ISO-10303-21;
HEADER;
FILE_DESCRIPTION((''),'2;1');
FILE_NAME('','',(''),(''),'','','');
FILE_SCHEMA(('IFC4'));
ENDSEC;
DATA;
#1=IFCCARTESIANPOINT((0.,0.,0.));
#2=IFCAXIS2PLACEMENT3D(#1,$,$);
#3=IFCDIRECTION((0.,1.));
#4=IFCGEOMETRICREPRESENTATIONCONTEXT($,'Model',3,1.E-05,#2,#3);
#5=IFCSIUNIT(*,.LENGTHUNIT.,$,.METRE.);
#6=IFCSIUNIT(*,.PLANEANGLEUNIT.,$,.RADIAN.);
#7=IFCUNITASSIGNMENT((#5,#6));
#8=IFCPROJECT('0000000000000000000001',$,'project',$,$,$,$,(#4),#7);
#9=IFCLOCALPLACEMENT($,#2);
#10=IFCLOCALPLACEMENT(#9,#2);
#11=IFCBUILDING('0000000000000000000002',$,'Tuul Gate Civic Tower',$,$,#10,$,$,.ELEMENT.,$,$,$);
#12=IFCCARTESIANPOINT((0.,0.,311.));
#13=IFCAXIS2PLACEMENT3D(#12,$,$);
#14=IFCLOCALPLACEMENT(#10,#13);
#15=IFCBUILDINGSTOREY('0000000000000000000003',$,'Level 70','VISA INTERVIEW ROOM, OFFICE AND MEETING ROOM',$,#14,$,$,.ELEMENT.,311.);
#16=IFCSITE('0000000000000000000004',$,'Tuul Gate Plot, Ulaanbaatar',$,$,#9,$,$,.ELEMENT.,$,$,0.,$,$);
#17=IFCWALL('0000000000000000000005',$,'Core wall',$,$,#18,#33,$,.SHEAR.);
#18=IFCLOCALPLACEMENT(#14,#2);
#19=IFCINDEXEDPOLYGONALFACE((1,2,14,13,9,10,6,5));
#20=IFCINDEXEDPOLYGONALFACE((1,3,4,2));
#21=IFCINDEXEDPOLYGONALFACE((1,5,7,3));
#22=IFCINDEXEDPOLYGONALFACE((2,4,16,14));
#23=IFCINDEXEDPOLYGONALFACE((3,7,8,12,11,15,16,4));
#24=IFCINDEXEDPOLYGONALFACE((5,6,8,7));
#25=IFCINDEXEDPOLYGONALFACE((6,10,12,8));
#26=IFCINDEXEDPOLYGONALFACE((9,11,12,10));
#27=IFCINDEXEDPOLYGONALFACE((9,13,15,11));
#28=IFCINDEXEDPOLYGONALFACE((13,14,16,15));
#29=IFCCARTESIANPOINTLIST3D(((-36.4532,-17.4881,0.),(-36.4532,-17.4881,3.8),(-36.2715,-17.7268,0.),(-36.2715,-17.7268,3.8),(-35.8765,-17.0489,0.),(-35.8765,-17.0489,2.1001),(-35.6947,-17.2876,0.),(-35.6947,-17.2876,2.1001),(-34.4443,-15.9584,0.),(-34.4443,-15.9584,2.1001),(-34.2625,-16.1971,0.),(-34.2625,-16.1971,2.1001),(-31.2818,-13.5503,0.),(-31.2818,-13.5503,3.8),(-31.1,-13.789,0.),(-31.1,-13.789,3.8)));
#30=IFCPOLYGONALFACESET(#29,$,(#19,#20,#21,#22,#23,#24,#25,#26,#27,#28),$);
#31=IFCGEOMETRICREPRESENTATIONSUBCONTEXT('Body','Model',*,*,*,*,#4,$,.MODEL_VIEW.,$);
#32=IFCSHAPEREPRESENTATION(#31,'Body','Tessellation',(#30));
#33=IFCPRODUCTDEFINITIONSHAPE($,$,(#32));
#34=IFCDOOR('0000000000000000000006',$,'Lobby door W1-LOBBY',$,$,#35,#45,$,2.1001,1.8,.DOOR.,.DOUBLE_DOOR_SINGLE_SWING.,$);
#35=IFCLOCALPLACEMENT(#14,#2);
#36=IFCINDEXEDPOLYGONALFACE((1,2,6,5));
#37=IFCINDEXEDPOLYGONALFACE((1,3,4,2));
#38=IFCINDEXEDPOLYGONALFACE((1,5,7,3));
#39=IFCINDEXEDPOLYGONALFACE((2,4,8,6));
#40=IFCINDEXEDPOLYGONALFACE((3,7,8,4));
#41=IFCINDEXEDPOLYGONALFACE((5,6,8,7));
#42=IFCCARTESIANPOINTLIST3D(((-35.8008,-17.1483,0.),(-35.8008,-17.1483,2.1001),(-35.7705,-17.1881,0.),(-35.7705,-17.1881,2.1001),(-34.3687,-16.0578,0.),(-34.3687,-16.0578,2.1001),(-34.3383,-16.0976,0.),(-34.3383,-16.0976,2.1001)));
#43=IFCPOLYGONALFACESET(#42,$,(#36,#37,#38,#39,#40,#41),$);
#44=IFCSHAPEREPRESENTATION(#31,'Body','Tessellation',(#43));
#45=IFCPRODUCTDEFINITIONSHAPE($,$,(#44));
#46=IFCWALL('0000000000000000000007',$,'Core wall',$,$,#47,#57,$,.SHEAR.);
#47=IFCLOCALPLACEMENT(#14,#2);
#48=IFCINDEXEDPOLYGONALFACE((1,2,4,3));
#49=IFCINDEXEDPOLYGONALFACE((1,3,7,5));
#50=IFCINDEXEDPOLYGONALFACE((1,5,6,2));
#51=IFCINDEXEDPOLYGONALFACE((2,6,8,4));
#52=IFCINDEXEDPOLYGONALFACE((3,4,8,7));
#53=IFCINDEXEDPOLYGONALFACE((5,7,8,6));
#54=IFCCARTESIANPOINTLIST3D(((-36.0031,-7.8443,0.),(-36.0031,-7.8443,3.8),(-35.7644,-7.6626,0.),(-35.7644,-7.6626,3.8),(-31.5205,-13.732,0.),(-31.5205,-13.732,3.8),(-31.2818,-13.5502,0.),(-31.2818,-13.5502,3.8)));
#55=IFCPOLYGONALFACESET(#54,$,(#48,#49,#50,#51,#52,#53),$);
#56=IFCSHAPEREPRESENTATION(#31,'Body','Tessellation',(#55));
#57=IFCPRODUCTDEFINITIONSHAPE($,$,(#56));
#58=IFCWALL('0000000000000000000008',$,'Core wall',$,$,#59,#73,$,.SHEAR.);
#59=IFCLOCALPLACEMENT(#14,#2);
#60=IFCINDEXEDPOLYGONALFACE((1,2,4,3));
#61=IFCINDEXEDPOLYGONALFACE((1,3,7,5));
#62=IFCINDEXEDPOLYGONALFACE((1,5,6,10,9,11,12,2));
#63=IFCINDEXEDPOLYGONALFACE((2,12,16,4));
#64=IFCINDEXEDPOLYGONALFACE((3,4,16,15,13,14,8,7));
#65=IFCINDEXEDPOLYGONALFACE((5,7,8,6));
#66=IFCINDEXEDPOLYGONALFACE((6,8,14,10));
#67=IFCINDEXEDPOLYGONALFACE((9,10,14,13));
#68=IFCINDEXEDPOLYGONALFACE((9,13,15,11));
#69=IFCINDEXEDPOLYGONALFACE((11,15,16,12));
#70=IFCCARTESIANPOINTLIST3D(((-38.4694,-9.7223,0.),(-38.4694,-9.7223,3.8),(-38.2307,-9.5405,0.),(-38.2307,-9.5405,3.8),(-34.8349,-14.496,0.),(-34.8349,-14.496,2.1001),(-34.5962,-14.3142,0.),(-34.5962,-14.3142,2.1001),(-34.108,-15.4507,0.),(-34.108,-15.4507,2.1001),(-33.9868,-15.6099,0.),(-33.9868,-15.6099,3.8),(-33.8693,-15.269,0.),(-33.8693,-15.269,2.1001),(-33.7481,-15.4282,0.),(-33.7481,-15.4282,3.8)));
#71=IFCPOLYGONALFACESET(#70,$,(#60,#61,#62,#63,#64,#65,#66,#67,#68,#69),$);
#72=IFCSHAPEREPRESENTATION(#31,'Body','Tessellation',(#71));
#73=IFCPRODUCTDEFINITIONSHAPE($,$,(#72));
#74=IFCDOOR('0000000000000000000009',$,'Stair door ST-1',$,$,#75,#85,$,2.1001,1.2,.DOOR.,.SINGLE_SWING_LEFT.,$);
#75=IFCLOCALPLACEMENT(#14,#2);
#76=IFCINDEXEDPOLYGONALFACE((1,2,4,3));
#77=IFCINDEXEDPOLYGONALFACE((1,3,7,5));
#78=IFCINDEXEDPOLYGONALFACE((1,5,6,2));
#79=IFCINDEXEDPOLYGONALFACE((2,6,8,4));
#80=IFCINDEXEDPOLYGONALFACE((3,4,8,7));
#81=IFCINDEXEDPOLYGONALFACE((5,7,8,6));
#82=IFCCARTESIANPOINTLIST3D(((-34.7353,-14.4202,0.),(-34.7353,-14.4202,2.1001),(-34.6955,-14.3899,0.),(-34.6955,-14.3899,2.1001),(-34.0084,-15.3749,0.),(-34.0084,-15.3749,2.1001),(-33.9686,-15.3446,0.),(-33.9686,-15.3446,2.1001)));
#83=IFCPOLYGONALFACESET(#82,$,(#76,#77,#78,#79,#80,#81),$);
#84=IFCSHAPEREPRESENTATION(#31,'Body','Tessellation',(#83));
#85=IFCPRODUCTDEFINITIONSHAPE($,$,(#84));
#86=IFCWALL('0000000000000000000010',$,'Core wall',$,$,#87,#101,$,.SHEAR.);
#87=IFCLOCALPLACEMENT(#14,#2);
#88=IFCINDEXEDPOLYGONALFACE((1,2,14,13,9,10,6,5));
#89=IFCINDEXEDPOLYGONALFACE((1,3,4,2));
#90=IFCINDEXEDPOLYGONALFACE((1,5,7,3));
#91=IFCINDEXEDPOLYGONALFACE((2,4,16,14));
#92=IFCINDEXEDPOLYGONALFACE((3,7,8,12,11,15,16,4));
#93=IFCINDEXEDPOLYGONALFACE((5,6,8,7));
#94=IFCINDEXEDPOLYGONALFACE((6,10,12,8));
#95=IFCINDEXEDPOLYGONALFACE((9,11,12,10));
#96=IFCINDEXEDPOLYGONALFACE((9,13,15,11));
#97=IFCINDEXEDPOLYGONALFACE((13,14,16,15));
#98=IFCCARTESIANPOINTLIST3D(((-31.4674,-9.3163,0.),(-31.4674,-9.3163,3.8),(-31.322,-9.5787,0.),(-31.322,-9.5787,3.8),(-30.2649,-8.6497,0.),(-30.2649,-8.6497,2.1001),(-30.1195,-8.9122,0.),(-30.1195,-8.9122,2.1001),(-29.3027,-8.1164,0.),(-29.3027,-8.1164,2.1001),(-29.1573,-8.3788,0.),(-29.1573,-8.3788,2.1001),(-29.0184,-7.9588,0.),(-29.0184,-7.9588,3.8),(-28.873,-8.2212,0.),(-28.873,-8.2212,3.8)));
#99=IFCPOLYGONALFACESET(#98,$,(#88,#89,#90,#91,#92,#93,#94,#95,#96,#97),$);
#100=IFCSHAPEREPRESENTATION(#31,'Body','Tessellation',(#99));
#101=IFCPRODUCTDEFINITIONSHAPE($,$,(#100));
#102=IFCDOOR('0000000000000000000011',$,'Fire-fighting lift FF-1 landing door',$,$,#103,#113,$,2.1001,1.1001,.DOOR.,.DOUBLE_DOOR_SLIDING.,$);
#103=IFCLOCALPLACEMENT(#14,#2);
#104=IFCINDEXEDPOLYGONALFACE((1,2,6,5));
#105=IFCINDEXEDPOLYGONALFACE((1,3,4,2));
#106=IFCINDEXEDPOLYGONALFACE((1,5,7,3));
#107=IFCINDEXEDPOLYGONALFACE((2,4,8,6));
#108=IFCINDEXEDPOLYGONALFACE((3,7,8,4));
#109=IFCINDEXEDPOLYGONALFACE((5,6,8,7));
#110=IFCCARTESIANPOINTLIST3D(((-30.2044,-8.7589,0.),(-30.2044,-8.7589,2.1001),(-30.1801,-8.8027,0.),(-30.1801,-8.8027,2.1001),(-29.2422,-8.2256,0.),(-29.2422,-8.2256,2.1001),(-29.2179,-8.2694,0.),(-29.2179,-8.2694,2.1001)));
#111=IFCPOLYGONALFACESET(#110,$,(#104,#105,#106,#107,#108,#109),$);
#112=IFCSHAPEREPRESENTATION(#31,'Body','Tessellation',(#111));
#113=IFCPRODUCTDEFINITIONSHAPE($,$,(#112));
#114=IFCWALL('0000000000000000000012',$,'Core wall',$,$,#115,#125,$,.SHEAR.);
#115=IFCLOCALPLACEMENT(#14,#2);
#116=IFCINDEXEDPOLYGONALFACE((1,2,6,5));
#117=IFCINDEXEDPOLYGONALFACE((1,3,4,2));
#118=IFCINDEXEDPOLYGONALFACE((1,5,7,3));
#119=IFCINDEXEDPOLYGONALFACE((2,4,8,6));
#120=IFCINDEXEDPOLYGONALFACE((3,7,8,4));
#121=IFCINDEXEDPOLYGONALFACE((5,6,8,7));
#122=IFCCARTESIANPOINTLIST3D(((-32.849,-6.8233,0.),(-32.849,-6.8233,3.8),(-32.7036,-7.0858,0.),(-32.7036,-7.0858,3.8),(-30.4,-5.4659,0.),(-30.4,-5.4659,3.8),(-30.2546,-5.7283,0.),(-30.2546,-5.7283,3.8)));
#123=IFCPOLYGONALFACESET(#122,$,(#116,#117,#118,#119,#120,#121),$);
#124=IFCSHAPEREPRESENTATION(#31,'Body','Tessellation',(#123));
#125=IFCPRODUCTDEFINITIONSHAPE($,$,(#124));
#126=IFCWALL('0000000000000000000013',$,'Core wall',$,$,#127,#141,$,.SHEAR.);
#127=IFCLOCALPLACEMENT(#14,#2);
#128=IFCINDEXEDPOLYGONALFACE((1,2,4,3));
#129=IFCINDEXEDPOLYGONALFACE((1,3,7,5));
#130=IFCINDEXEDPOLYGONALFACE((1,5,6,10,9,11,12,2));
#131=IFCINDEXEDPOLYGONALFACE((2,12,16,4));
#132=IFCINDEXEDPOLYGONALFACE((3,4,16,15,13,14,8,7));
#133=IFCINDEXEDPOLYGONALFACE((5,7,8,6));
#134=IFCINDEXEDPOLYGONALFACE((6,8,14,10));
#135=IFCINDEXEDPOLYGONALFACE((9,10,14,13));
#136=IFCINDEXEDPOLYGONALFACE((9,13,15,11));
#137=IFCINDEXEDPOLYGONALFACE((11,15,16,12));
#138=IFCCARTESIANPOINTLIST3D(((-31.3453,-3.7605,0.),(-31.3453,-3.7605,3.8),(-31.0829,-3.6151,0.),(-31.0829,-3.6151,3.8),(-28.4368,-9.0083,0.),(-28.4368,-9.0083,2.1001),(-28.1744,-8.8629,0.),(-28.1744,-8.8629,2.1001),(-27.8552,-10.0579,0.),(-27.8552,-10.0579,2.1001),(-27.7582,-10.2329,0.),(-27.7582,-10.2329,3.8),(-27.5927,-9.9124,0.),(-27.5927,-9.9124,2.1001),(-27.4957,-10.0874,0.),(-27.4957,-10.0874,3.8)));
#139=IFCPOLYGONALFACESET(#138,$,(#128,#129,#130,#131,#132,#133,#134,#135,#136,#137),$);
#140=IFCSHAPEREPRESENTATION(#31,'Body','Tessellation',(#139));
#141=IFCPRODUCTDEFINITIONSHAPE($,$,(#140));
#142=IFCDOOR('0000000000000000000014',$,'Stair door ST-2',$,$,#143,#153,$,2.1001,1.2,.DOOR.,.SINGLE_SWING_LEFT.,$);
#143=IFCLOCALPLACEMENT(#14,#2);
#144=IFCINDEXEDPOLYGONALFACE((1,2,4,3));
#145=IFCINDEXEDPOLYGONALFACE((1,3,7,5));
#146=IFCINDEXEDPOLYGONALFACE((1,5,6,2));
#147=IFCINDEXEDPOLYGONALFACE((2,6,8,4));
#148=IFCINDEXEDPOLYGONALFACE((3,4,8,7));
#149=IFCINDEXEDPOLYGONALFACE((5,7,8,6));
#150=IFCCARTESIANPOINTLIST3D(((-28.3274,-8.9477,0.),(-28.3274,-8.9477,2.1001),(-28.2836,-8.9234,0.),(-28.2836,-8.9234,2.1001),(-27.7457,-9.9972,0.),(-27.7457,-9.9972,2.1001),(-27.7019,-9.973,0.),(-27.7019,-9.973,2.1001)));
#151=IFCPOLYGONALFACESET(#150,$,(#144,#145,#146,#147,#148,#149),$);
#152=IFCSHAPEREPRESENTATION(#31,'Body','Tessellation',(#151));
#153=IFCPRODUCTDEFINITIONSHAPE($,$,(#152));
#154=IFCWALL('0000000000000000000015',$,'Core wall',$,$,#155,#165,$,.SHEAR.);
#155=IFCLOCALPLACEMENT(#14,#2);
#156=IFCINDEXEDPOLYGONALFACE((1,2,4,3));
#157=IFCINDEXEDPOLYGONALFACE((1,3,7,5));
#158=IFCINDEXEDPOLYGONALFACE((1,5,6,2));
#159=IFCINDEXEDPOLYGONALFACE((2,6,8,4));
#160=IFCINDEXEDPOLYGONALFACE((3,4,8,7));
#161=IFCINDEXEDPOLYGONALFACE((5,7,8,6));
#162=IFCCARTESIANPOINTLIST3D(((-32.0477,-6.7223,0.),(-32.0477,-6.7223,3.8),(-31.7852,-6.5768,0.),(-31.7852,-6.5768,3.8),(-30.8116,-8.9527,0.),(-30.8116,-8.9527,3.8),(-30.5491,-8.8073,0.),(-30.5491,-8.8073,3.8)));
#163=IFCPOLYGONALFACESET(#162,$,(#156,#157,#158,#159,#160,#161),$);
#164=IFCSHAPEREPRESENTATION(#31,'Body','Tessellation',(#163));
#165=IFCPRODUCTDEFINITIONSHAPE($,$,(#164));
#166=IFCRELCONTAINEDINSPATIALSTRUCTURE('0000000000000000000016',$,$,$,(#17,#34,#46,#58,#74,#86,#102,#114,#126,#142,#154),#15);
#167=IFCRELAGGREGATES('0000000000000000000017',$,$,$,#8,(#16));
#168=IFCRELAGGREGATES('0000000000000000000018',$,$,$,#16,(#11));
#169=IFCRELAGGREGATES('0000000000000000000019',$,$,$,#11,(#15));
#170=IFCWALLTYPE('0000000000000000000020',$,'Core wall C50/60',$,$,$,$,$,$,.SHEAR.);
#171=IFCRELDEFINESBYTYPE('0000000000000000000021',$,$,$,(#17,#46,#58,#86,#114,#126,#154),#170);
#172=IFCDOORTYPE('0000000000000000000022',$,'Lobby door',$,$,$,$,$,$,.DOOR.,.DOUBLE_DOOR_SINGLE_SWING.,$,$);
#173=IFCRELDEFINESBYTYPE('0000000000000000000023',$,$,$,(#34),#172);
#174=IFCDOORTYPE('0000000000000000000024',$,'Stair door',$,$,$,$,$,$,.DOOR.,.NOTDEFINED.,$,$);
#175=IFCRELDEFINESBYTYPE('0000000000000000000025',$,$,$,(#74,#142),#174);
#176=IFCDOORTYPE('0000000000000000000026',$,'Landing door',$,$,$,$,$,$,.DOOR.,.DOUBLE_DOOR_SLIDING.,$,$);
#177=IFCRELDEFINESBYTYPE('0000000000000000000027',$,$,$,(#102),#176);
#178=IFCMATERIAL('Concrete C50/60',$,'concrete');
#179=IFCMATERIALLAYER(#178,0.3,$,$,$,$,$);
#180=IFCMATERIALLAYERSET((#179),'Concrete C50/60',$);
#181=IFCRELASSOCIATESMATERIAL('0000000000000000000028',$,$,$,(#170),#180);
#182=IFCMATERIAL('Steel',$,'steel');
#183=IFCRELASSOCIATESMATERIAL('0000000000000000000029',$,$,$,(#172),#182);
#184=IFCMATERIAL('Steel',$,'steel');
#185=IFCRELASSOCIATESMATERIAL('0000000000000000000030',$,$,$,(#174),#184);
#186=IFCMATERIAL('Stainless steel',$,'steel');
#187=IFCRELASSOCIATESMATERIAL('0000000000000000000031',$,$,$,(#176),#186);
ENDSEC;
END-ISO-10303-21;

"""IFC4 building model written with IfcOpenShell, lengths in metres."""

from ifc_helpers import new_model, si_unit, direction, frame, frame_2d, origin, place, context, subcontext, project, spatial, rectangle, extrude, material, layer, layer_set, type_object, element, fill, save


model = new_model("IFC4")

# Units and contexts
model_context = context("Model", 3, precision=1e-05, world=origin(), true_north=direction((0.0, 1.0)))
body_context = subcontext(model_context, "Body", "Model", "MODEL_VIEW")
ifc_project = project(units=[si_unit("LENGTHUNIT", "METRE"), si_unit("PLANEANGLEUNIT", "RADIAN")], contexts=[model_context])

# Site, building, storey
site_placement = place(None, origin())
site = spatial("IfcSite", under=ifc_project, at=site_placement, Name="Tuul Gate Plot, Ulaanbaatar", CompositionType="ELEMENT", RefElevation=0.0)
building_placement = place(site_placement, origin())
building = spatial("IfcBuilding", under=site, at=building_placement, Name="Tuul Gate Civic Tower", CompositionType="ELEMENT")
storey_placement = place(building_placement, frame((0.0, 0.0, 311.0)))
storey = spatial("IfcBuildingStorey", under=building, at=storey_placement, Name="Level 70", Description="VISA INTERVIEW ROOM, OFFICE AND MEETING ROOM", CompositionType="ELEMENT", Elevation=311.0)

# Wall, opening, door
ifc_material_1 = material(Name="Concrete C50/60", Category="concrete")
ifc_layer_1 = layer(ifc_material_1, 0.3)
ifc_layer_set_1 = layer_set([ifc_layer_1], Name="Concrete C50/60")
wall_type_1 = type_object("IfcWallType", Name="Core wall C50/60", PredefinedType="SHEAR", material=ifc_layer_set_1)
wall_1_placement = place(storey_placement, frame((-31.1909, -13.6697, 0.0), z_axis=(0.0, 0.0, 1.0), x_axis=(-0.795607, -0.605813, 0.0)))
wall_1 = element("IfcWall", 1, at=wall_1_placement, inside=storey, type_object=wall_type_1, Name="Core wall", PredefinedType="SHEAR", context=body_context, shape_type="SweptSolid", body=[
    extrude(rectangle(XDim=6.5, YDim=0.3, at=frame_2d((3.25, 0.0))), origin(), (0.0, 0.0, 1.0), 3.8),
])
opening_1_placement = place(wall_1_placement, frame((3.9751, 0.0, 0.0)))
opening_1 = element("IfcOpeningElement", 2, at=opening_1_placement, cuts=wall_1, PredefinedType="OPENING", context=body_context, shape_type="SweptSolid", body=[
    extrude(rectangle(XDim=1.8, YDim=2.1001, at=frame_2d((0.8999, 1.05))), frame((0.0, 0.1602, 0.0), z_axis=(0.0, -1.0, 0.0), x_axis=(1.0, 0.0, 0.0)), (0.0, 0.0, 1.0), 0.3201),
])
ifc_material_2 = material(Name="Steel", Category="steel")
door_type_1 = type_object("IfcDoorType", Name="Lobby door", OperationType="DOUBLE_DOOR_SINGLE_SWING", PredefinedType="DOOR", material=ifc_material_2)
door_1_placement = place(opening_1_placement, origin())
door_1 = element("IfcDoor", 3, at=door_1_placement, inside=storey, type_object=door_type_1, Name="Lobby door W1-LOBBY", OperationType="DOUBLE_DOOR_SINGLE_SWING", OverallHeight=2.1001, OverallWidth=1.8, PredefinedType="DOOR", context=body_context, shape_type="SweptSolid", body=[
    extrude(rectangle(XDim=1.8, YDim=2.1001, at=frame_2d((0.8999, 1.05))), frame((0.0, 0.0249, 0.0), z_axis=(0.0, -1.0, 0.0), x_axis=(1.0, 0.0, 0.0)), (0.0, 0.0, 1.0), 0.05),
])
fill(opening_1, door_1)

# Wall
wall_2_placement = place(storey_placement, frame((-31.4011, -13.6411, 0.0), z_axis=(0.0, 0.0, 1.0), x_axis=(-0.60577, 0.79564, 0.0)))
element("IfcWall", 4, at=wall_2_placement, inside=storey, type_object=wall_type_1, Name="Core wall", PredefinedType="SHEAR", context=body_context, shape_type="SweptSolid", body=[
    extrude(rectangle(XDim=7.3999, YDim=0.3, at=frame_2d((3.7, 0.0))), origin(), (0.0, 0.0, 1.0), 3.8),
])

# Walls, openings, doors
wall_3_placement = place(storey_placement, frame((-33.8674, -15.519, 0.0), z_axis=(0.0, 0.0, 1.0), x_axis=(-0.60577, 0.79564, 0.0)))
wall_3 = element("IfcWall", 5, at=wall_3_placement, inside=storey, type_object=wall_type_1, Name="Core wall", PredefinedType="SHEAR", context=body_context, shape_type="SweptSolid", body=[
    extrude(rectangle(XDim=7.3999, YDim=0.3, at=frame_2d((3.7, 0.0))), origin(), (0.0, 0.0, 1.0), 3.8),
])
opening_2_placement = place(wall_3_placement, frame((0.2, 0.0, 0.0)))
opening_2 = element("IfcOpeningElement", 6, at=opening_2_placement, cuts=wall_3, PredefinedType="OPENING", context=body_context, shape_type="SweptSolid", body=[
    extrude(rectangle(XDim=1.2, YDim=2.1001, at=frame_2d((0.6001, 1.05))), frame((0.0, 0.1602, 0.0), z_axis=(0.0, -1.0, 0.0), x_axis=(1.0, 0.0, 0.0)), (0.0, 0.0, 1.0), 0.3201),
])
ifc_material_3 = material(Name="Steel", Category="steel")
door_type_2 = type_object("IfcDoorType", Name="Stair door", OperationType="NOTDEFINED", PredefinedType="DOOR", material=ifc_material_3)
door_2_placement = place(opening_2_placement, origin())
door_2 = element("IfcDoor", 7, at=door_2_placement, inside=storey, type_object=door_type_2, Name="Stair door ST-1", OperationType="SINGLE_SWING_LEFT", OverallHeight=2.1001, OverallWidth=1.2, PredefinedType="DOOR", context=body_context, shape_type="SweptSolid", body=[
    extrude(rectangle(XDim=1.2, YDim=2.1001, at=frame_2d((0.6001, 1.05))), frame((0.0, 0.0249, 0.0), z_axis=(0.0, -1.0, 0.0), x_axis=(1.0, 0.0, 0.0)), (0.0, 0.0, 1.0), 0.05),
])
fill(opening_2, door_2)
wall_4_placement = place(storey_placement, frame((-28.9458, -8.0901, 0.0), z_axis=(0.0, 0.0, 1.0), x_axis=(-0.87463, -0.484791, 0.0)))
wall_4 = element("IfcWall", 8, at=wall_4_placement, inside=storey, type_object=wall_type_1, Name="Core wall", PredefinedType="SHEAR", context=body_context, shape_type="SweptSolid", body=[
    extrude(rectangle(XDim=2.8, YDim=0.3, at=frame_2d((1.3999, 0.0))), origin(), (0.0, 0.0, 1.0), 3.8),
])
opening_3_placement = place(wall_4_placement, frame((0.325, 0.0, 0.0)))
opening_3 = element("IfcOpeningElement", 9, at=opening_3_placement, cuts=wall_4, PredefinedType="OPENING", context=body_context, shape_type="SweptSolid", body=[
    extrude(rectangle(XDim=1.1001, YDim=2.1001, at=frame_2d((0.55, 1.05))), frame((0.0, 0.1602, 0.0), z_axis=(0.0, -1.0, 0.0), x_axis=(1.0, 0.0, 0.0)), (0.0, 0.0, 1.0), 0.3201),
])
ifc_material_4 = material(Name="Stainless steel", Category="steel")
door_type_3 = type_object("IfcDoorType", Name="Landing door", OperationType="DOUBLE_DOOR_SLIDING", PredefinedType="DOOR", material=ifc_material_4)
door_3_placement = place(opening_3_placement, origin())
door_3 = element("IfcDoor", 10, at=door_3_placement, inside=storey, type_object=door_type_3, Name="Fire-fighting lift FF-1 landing door", OperationType="DOUBLE_DOOR_SLIDING", OverallHeight=2.1001, OverallWidth=1.1001, PredefinedType="DOOR", context=body_context, shape_type="SweptSolid", body=[
    extrude(rectangle(XDim=1.1001, YDim=2.1001, at=frame_2d((0.55, 1.05))), frame((0.0, 0.0249, 0.0), z_axis=(0.0, -1.0, 0.0), x_axis=(1.0, 0.0, 0.0)), (0.0, 0.0, 1.0), 0.05),
])
fill(opening_3, door_3)

# Wall
wall_5_placement = place(storey_placement, frame((-30.3274, -5.5972, 0.0), z_axis=(0.0, 0.0, 1.0), x_axis=(-0.87463, -0.484791, 0.0)))
element("IfcWall", 11, at=wall_5_placement, inside=storey, type_object=wall_type_1, Name="Core wall", PredefinedType="SHEAR", context=body_context, shape_type="SweptSolid", body=[
    extrude(rectangle(XDim=2.8, YDim=0.3, at=frame_2d((1.3999, 0.0))), origin(), (0.0, 0.0, 1.0), 3.8),
])

# Wall, opening, door
wall_6_placement = place(storey_placement, frame((-27.627, -10.1602, 0.0), z_axis=(0.0, 0.0, 1.0), x_axis=(-0.484752, 0.874652, 0.0)))
wall_6 = element("IfcWall", 12, at=wall_6_placement, inside=storey, type_object=wall_type_1, Name="Core wall", PredefinedType="SHEAR", context=body_context, shape_type="SweptSolid", body=[
    extrude(rectangle(XDim=7.3999, YDim=0.3, at=frame_2d((3.7, 0.0))), origin(), (0.0, 0.0, 1.0), 3.8),
])
opening_4_placement = place(wall_6_placement, frame((0.2, 0.0, 0.0)))
opening_4 = element("IfcOpeningElement", 13, at=opening_4_placement, cuts=wall_6, PredefinedType="OPENING", context=body_context, shape_type="SweptSolid", body=[
    extrude(rectangle(XDim=1.2, YDim=2.1001, at=frame_2d((0.6001, 1.05))), frame((0.0, 0.1602, 0.0), z_axis=(0.0, -1.0, 0.0), x_axis=(1.0, 0.0, 0.0)), (0.0, 0.0, 1.0), 0.3201),
])
door_4_placement = place(opening_4_placement, origin())
door_4 = element("IfcDoor", 14, at=door_4_placement, inside=storey, type_object=door_type_2, Name="Stair door ST-2", OperationType="SINGLE_SWING_LEFT", OverallHeight=2.1001, OverallWidth=1.2, PredefinedType="DOOR", context=body_context, shape_type="SweptSolid", body=[
    extrude(rectangle(XDim=1.2, YDim=2.1001, at=frame_2d((0.6001, 1.05))), frame((0.0, 0.0249, 0.0), z_axis=(0.0, -1.0, 0.0), x_axis=(1.0, 0.0, 0.0)), (0.0, 0.0, 1.0), 0.05),
])
fill(opening_4, door_4)

# Wall
wall_7_placement = place(storey_placement, frame((-30.6804, -8.8799, 0.0), z_axis=(0.0, 0.0, 1.0), x_axis=(-0.484724, 0.874667, 0.0)))
element("IfcWall", 15, at=wall_7_placement, inside=storey, type_object=wall_type_1, Name="Core wall", PredefinedType="SHEAR", context=body_context, shape_type="SweptSolid", body=[
    extrude(rectangle(XDim=2.55, YDim=0.3, at=frame_2d((1.2749, 0.0))), origin(), (0.0, 0.0, 1.0), 3.8),
])

save(model, "model.ifc")
